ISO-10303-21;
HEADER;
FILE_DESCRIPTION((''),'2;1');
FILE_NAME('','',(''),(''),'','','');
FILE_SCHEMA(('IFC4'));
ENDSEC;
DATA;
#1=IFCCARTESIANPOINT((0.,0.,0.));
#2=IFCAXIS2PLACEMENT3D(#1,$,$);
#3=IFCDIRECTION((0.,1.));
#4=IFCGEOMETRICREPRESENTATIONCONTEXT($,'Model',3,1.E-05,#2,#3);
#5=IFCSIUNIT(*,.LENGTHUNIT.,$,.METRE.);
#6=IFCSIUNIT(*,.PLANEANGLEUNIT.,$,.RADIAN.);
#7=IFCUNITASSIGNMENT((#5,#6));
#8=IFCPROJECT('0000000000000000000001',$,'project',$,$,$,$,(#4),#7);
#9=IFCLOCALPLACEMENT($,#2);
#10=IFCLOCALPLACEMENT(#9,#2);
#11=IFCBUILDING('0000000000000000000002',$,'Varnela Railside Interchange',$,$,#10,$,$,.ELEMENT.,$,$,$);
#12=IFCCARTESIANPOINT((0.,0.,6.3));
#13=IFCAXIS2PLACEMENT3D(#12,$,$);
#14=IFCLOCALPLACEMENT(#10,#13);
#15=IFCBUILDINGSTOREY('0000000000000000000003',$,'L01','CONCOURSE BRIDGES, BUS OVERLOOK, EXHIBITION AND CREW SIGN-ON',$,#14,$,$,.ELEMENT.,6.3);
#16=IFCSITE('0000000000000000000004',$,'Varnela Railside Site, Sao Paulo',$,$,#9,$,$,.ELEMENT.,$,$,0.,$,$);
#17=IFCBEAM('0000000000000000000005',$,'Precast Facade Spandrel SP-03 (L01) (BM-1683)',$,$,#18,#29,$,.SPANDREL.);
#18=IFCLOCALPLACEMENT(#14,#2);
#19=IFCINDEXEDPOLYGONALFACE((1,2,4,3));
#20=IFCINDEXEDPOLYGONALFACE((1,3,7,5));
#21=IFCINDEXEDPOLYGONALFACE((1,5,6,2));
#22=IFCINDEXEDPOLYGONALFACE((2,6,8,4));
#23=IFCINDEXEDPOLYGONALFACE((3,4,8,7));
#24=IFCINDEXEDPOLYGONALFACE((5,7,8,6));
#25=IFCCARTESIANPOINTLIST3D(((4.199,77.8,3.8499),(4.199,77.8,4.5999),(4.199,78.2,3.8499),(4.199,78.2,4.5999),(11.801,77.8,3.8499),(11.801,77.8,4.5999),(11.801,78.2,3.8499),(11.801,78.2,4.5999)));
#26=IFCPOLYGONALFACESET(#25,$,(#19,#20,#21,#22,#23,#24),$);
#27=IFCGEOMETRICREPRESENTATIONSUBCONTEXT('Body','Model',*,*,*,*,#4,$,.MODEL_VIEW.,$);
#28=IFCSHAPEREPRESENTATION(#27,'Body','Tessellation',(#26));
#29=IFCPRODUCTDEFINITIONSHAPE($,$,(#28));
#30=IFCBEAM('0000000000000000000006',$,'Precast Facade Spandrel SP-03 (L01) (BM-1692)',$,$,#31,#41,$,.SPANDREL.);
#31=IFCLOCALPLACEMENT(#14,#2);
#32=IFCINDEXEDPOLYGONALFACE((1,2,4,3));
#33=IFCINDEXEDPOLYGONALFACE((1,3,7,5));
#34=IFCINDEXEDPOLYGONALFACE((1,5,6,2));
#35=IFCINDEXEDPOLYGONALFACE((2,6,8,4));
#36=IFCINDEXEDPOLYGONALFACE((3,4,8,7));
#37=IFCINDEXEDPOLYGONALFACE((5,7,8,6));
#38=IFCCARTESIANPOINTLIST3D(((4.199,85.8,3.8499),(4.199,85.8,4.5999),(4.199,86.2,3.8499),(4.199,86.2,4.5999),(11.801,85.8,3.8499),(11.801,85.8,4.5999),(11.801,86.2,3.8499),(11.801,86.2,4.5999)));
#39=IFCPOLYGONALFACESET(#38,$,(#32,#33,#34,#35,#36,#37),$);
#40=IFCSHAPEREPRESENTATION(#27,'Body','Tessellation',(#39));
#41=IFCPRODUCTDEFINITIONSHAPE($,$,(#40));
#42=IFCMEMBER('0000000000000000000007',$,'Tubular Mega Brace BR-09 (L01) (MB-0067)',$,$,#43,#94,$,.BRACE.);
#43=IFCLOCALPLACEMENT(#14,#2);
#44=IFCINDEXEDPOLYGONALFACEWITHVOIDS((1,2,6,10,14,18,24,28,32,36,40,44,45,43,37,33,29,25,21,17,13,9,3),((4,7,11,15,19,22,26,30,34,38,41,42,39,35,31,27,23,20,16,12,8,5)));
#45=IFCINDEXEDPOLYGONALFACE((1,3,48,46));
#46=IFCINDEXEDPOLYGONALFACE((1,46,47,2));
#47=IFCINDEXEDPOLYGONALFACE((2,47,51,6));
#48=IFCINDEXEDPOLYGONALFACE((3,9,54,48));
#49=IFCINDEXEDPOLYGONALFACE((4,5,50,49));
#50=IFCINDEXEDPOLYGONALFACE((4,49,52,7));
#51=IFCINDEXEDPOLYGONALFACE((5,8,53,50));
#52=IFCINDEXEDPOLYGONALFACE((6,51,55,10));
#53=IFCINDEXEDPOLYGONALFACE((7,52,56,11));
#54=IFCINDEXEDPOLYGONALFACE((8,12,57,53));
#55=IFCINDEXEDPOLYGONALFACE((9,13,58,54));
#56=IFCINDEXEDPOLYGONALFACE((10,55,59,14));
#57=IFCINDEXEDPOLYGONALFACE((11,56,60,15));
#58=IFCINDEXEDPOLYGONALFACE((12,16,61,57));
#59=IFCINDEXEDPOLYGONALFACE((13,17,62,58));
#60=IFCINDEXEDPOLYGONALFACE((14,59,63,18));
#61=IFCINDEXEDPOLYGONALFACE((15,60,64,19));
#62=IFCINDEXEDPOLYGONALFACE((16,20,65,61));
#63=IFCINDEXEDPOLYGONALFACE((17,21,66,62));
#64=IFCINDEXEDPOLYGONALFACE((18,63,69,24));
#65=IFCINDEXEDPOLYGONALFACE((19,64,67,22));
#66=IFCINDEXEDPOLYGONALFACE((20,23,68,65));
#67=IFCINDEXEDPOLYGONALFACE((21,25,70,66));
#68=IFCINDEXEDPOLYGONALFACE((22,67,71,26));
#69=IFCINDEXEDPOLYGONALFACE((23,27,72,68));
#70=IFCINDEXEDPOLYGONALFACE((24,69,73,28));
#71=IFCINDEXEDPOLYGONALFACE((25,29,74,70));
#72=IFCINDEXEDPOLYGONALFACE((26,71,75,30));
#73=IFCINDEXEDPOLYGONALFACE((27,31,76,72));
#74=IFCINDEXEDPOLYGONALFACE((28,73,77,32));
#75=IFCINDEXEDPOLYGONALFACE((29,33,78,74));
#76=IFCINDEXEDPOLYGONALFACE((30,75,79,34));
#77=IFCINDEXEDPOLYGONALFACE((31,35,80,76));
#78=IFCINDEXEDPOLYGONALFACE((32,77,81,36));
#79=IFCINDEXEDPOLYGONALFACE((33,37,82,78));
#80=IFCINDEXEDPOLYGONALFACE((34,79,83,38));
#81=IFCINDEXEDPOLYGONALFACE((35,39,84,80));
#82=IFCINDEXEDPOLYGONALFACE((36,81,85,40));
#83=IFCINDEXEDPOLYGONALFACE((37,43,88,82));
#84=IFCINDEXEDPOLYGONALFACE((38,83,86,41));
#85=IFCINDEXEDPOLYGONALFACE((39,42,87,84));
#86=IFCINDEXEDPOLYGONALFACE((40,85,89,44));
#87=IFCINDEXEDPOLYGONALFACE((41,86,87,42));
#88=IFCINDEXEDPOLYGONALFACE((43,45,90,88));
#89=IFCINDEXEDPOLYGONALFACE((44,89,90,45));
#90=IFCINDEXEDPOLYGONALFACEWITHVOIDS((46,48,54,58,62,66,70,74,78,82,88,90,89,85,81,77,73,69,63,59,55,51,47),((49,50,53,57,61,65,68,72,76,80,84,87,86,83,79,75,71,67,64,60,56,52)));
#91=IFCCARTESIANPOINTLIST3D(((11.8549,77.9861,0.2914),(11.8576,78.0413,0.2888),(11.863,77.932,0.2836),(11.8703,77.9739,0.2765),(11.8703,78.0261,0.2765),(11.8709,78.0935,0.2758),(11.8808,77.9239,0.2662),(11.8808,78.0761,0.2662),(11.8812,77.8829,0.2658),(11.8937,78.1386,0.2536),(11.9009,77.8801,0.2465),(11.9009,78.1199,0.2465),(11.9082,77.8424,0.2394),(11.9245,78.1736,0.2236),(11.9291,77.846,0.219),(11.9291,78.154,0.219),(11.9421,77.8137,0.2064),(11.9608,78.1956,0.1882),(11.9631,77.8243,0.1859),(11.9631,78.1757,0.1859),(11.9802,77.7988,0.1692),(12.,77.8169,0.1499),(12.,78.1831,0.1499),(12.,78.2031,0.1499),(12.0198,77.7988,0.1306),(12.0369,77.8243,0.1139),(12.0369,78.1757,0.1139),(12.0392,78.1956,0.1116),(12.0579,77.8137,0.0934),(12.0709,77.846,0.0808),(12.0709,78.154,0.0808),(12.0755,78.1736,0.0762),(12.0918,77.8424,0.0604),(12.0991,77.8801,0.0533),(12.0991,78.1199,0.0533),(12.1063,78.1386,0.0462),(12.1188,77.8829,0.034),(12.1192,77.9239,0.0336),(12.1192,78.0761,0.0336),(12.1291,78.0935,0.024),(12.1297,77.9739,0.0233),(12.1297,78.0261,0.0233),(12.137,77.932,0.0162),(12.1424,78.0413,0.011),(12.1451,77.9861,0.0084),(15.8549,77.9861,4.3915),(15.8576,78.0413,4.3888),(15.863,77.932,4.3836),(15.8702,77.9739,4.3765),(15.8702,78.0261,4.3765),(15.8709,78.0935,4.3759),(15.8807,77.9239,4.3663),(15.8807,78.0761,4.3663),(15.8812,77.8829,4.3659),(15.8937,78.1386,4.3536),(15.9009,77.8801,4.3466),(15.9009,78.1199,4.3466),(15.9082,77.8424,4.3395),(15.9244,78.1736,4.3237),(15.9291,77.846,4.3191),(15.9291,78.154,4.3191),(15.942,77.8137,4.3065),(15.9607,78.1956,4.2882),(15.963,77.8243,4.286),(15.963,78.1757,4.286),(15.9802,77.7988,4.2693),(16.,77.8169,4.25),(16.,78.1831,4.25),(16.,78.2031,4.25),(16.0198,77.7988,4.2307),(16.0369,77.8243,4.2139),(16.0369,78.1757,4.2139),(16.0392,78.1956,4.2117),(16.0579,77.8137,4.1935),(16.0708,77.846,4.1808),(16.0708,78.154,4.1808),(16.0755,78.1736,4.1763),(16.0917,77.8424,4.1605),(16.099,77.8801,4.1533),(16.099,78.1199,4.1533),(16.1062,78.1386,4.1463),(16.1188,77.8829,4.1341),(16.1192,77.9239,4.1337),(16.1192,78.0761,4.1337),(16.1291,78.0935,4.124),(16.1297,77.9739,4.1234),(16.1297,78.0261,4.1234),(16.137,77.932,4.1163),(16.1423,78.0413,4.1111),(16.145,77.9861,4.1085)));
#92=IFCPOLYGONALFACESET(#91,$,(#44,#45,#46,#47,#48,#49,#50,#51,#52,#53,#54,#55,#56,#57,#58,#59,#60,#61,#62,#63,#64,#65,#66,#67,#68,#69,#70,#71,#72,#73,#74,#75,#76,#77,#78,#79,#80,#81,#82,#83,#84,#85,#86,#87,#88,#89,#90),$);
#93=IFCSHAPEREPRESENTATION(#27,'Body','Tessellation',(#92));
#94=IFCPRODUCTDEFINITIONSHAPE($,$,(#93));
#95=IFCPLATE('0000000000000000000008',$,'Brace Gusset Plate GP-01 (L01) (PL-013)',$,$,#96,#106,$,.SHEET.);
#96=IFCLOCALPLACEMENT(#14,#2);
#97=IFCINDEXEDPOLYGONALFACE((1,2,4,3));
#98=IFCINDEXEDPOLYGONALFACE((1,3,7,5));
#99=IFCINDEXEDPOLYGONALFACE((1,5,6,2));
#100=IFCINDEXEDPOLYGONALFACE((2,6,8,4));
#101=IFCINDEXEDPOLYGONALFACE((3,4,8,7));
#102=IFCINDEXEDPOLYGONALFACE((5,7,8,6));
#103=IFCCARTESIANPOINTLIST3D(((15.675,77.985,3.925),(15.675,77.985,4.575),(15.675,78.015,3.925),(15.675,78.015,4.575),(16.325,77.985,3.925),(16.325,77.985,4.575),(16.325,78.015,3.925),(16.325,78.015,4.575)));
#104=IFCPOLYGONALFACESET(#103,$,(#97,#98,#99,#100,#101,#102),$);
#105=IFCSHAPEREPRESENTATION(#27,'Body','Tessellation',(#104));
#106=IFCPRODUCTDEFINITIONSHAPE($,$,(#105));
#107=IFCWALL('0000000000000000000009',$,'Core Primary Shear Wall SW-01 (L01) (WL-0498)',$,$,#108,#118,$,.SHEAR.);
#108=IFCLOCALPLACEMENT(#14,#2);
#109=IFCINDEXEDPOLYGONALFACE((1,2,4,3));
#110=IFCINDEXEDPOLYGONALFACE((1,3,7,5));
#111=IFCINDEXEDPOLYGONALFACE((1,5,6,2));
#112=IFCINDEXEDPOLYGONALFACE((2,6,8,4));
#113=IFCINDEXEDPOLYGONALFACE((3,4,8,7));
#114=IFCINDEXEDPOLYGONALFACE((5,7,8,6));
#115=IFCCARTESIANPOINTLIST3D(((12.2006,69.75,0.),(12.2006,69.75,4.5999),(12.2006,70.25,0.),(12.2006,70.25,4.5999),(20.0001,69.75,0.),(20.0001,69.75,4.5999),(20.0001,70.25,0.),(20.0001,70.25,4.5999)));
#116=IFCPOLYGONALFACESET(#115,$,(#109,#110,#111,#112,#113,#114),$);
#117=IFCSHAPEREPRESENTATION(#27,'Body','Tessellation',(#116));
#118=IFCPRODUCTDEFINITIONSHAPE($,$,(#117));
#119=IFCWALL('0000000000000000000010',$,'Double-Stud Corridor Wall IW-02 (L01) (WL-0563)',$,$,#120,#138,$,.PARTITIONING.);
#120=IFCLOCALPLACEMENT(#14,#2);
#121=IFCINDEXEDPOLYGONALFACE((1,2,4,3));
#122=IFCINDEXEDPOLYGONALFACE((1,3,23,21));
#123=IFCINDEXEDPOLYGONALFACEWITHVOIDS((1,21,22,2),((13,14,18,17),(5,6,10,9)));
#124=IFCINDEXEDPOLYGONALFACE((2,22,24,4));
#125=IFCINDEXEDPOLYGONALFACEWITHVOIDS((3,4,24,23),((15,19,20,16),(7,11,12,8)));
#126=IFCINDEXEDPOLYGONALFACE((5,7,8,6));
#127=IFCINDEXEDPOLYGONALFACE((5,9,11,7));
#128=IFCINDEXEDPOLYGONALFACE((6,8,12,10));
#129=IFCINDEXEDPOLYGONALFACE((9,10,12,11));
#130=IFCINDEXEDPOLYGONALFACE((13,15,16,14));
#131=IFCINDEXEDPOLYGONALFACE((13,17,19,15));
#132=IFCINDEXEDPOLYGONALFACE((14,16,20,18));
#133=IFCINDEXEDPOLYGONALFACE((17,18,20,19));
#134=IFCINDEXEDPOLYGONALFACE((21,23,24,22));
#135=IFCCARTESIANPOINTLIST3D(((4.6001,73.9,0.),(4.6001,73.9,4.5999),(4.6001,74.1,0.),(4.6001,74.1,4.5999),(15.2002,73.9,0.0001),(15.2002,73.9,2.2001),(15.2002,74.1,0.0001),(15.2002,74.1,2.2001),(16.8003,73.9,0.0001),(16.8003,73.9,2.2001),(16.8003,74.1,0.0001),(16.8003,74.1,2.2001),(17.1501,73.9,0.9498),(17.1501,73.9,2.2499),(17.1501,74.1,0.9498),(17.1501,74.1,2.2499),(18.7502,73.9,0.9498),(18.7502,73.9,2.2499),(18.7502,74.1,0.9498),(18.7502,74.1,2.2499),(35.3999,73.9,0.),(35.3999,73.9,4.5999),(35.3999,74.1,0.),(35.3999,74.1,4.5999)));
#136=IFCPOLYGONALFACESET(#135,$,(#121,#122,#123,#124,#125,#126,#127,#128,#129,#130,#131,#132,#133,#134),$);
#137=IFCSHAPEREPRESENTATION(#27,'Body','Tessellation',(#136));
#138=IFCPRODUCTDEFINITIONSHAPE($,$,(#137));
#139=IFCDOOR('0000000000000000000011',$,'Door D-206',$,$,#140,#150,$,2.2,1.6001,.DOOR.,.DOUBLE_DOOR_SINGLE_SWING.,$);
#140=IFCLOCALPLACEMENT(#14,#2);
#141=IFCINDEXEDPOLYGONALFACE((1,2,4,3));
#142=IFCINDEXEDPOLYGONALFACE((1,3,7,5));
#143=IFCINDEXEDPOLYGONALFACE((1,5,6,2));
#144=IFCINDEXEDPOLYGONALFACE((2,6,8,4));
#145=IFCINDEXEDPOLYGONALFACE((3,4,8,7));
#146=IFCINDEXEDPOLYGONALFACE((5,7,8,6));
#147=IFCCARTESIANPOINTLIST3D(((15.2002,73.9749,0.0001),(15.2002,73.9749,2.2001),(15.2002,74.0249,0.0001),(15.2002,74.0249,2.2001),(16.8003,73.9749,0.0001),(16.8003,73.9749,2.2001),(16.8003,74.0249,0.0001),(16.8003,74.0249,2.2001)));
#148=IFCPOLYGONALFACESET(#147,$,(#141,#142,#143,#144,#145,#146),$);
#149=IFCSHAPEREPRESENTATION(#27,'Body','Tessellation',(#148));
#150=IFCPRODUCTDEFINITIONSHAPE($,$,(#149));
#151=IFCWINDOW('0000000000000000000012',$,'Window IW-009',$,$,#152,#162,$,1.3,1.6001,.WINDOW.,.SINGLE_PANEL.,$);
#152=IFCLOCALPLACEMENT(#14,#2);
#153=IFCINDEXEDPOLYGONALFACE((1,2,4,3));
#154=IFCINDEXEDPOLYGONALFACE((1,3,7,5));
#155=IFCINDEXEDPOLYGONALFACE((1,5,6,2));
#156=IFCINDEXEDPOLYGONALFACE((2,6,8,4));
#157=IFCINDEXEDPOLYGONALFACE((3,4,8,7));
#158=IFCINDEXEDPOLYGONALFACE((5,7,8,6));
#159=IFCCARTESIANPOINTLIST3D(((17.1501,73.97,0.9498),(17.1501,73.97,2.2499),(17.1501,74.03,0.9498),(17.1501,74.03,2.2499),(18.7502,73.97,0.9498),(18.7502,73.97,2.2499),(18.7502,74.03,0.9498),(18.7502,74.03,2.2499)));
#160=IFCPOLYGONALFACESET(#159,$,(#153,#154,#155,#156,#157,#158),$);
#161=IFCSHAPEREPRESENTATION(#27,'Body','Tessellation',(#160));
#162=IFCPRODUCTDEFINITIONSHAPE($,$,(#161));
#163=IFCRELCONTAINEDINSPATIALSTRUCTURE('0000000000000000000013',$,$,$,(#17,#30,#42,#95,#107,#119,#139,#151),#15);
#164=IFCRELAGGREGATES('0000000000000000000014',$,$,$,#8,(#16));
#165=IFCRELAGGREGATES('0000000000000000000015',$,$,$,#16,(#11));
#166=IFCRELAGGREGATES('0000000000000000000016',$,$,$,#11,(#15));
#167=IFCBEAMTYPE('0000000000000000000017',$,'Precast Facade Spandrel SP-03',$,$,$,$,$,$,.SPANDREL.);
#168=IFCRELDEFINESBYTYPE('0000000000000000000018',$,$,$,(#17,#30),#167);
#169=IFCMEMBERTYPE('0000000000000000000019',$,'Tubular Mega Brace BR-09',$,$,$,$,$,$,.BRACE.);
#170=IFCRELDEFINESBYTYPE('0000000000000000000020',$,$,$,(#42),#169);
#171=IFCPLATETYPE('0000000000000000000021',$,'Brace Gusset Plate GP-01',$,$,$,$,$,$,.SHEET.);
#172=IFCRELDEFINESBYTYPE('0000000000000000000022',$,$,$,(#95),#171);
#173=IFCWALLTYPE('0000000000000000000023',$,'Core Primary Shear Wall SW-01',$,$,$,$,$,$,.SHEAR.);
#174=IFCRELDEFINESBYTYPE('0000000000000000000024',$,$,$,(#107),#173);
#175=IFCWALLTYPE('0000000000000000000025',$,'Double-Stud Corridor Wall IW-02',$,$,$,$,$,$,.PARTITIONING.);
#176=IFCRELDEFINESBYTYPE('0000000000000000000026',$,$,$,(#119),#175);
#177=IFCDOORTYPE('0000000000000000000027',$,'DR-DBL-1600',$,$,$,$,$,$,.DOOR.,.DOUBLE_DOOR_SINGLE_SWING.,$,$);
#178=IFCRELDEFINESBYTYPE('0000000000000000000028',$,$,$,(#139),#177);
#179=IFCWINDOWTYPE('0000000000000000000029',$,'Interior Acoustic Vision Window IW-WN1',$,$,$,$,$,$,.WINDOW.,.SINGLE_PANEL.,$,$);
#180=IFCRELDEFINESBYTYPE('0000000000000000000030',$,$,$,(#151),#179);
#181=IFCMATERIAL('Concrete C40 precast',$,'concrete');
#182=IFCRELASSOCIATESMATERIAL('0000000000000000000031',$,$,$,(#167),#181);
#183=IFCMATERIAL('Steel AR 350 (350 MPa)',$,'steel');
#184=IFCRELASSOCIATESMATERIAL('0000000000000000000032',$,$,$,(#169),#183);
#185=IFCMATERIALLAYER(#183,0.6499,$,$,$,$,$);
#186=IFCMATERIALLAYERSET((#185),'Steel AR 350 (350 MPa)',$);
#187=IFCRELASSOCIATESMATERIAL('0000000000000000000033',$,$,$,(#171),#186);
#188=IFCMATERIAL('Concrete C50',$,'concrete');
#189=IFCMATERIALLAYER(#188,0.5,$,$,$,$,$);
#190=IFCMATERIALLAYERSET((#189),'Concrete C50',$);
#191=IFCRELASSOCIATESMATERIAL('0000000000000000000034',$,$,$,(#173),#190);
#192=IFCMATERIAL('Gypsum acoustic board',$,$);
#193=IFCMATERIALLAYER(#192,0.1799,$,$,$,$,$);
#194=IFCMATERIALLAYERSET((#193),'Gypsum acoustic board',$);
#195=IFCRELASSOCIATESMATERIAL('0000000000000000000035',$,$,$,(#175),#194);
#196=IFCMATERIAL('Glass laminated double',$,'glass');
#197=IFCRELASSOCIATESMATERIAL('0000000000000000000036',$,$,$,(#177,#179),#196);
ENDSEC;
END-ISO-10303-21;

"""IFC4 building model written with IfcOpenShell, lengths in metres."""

from ifc_helpers import new_model, si_unit, direction, frame, frame_2d, origin, origin_2d, place, context, subcontext, project, spatial, rectangle, hollow_circle, extrude, material, layer, layer_set, material_profile, profile_set, type_object, element, fill, save


model = new_model("IFC4")

# Units and contexts
model_context = context("Model", 3, precision=1e-05, world=origin(), true_north=direction((0.0, 1.0)))
body_context = subcontext(model_context, "Body", "Model", "MODEL_VIEW")
ifc_project = project(units=[si_unit("LENGTHUNIT", "METRE"), si_unit("PLANEANGLEUNIT", "RADIAN")], contexts=[model_context])

# Site, building, storey
site_placement = place(None, origin())
site = spatial("IfcSite", under=ifc_project, at=site_placement, Name="Varnela Railside Site, Sao Paulo", CompositionType="ELEMENT", RefElevation=0.0)
building_placement = place(site_placement, origin())
building = spatial("IfcBuilding", under=site, at=building_placement, Name="Varnela Railside Interchange", CompositionType="ELEMENT")
storey_placement = place(building_placement, frame((0.0, 0.0, 6.3)))
storey = spatial("IfcBuildingStorey", under=building, at=storey_placement, Name="L01", Description="CONCOURSE BRIDGES, BUS OVERLOOK, EXHIBITION AND CREW SIGN-ON", CompositionType="ELEMENT", Elevation=6.3)

# Shared definitions
ifc_material_1 = material(Name="Steel AR 350 (350 MPa)", Category="steel")

# Beams
ifc_material_2 = material(Name="Concrete C40 precast", Category="concrete")
ifc_material_profile_1 = material_profile(ifc_material_2, rectangle(XDim=0.3999, YDim=0.75, at=origin_2d()), Name="PC 400x750")
ifc_profile_set_1 = profile_set([ifc_material_profile_1], Name="Concrete C40 precast")
beam_type_1 = type_object("IfcBeamType", Name="Precast Facade Spandrel SP-03", PredefinedType="SPANDREL", material=ifc_profile_set_1)
for number, where, z_axis, x_axis, name in (
    (1, (4.199, 78.0, 4.2249), (1.0, 0.0, 0.0), (0.0, 1.0, 0.0), "Precast Facade Spandrel SP-03 (L01) (BM-1683)"),
    (2, (4.199, 86.0, 4.2249), (1.0, 0.0, 0.0), (0.0, 1.0, 0.0), "Precast Facade Spandrel SP-03 (L01) (BM-1692)"),
):
    element("IfcBeam", number, at=place(storey_placement, frame(where, z_axis=z_axis, x_axis=x_axis)), inside=storey, type_object=beam_type_1, Name=name, PredefinedType="SPANDREL", context=body_context, shape_type="SweptSolid", body=[
        extrude(rectangle(XDim=0.3999, YDim=0.75, at=origin_2d()), origin(), (0.0, 0.0, 1.0), 7.6021),
    ])

# Member
ifc_material_profile_2 = material_profile(ifc_material_1, hollow_circle(Radius=0.2031, WallThickness=0.02, at=origin_2d()), Name="CHS 406.4x20")
ifc_profile_set_2 = profile_set([ifc_material_profile_2], Name="Steel AR 350 (350 MPa)")
member_type = type_object("IfcMemberType", Name="Tubular Mega Brace BR-09", PredefinedType="BRACE", material=ifc_profile_set_2)
member_placement = place(storey_placement, frame((12.0, 78.0, 0.1499), z_axis=(0.698315, 0.0, 0.71579), x_axis=(0.0, 1.0, 0.0)))
element("IfcMember", 3, at=member_placement, inside=storey, type_object=member_type, Name="Tubular Mega Brace BR-09 (L01) (MB-0067)", PredefinedType="BRACE", context=body_context, shape_type="SweptSolid", body=[
    extrude(hollow_circle(Radius=0.2031, WallThickness=0.02, at=origin_2d()), origin(), (0.0, 0.0, 1.0), 5.728),
])

# Plate
ifc_layer_1 = layer(ifc_material_1, 0.6499)
ifc_layer_set_1 = layer_set([ifc_layer_1], Name="Steel AR 350 (350 MPa)")
plate_type = type_object("IfcPlateType", Name="Brace Gusset Plate GP-01", PredefinedType="SHEET", material=ifc_layer_set_1)
plate_placement = place(storey_placement, frame((16.0, 78.0, 3.925), z_axis=(0.0, 0.0, 1.0), x_axis=(1.0, 0.0, 0.0)))
element("IfcPlate", 4, at=plate_placement, inside=storey, type_object=plate_type, Name="Brace Gusset Plate GP-01 (L01) (PL-013)", PredefinedType="SHEET", context=body_context, shape_type="SweptSolid", body=[
    extrude(rectangle(XDim=0.6499, YDim=0.03, at=origin_2d()), origin(), (0.0, 0.0, 1.0), 0.6499),
])

# Wall
ifc_material_3 = material(Name="Concrete C50", Category="concrete")
ifc_layer_2 = layer(ifc_material_3, 0.5)
ifc_layer_set_2 = layer_set([ifc_layer_2], Name="Concrete C50")
wall_type_1 = type_object("IfcWallType", Name="Core Primary Shear Wall SW-01", PredefinedType="SHEAR", material=ifc_layer_set_2)
wall_1_placement = place(storey_placement, frame((12.2004, 70.0, 0.0), z_axis=(0.0, 0.0, 1.0), x_axis=(1.0, 0.0, 0.0)))
element("IfcWall", 5, at=wall_1_placement, inside=storey, type_object=wall_type_1, Name="Core Primary Shear Wall SW-01 (L01) (WL-0498)", PredefinedType="SHEAR", context=body_context, shape_type="SweptSolid", body=[
    extrude(rectangle(XDim=7.7996, YDim=0.5, at=frame_2d((3.8999, 0.0))), origin(), (0.0, 0.0, 1.0), 4.5999),
])

# Wall, openings, door, window
ifc_material_4 = material(Name="Gypsum acoustic board")
ifc_layer_3 = layer(ifc_material_4, 0.1799)
ifc_layer_set_3 = layer_set([ifc_layer_3], Name="Gypsum acoustic board")
wall_type_2 = type_object("IfcWallType", Name="Double-Stud Corridor Wall IW-02", PredefinedType="PARTITIONING", material=ifc_layer_set_3)
wall_2_placement = place(storey_placement, frame((4.6001, 74.0, 0.0), z_axis=(0.0, 0.0, 1.0), x_axis=(1.0, 0.0, 0.0)))
wall_2 = element("IfcWall", 6, at=wall_2_placement, inside=storey, type_object=wall_type_2, Name="Double-Stud Corridor Wall IW-02 (L01) (WL-0563)", PredefinedType="PARTITIONING", context=body_context, shape_type="SweptSolid", body=[
    extrude(rectangle(XDim=30.7998, YDim=0.2, at=frame_2d((15.3999, 0.0))), origin(), (0.0, 0.0, 1.0), 4.5999),
])
opening_1_placement = place(wall_2_placement, frame((10.6001, 0.0, 0.0)))
opening_1 = element("IfcOpeningElement", 7, at=opening_1_placement, cuts=wall_2, PredefinedType="OPENING", context=body_context, shape_type="SweptSolid", body=[
    extrude(rectangle(XDim=1.6001, YDim=2.2, at=frame_2d((0.8, 1.1001))), frame((0.0, 0.1099, 0.0), z_axis=(0.0, -1.0, 0.0), x_axis=(1.0, 0.0, 0.0)), (0.0, 0.0, 1.0), 0.22),
])
opening_2_placement = place(wall_2_placement, frame((12.55, 0.0, 0.95)))
opening_2 = element("IfcOpeningElement", 8, at=opening_2_placement, cuts=wall_2, PredefinedType="OPENING", context=body_context, shape_type="SweptSolid", body=[
    extrude(rectangle(XDim=1.6001, YDim=1.3, at=frame_2d((0.8, 0.6499))), frame((0.0, 0.1099, 0.0), z_axis=(0.0, -1.0, 0.0), x_axis=(1.0, 0.0, 0.0)), (0.0, 0.0, 1.0), 0.22),
])
ifc_material_5 = material(Name="Glass laminated double", Category="glass")
door_type = type_object("IfcDoorType", Name="DR-DBL-1600", OperationType="DOUBLE_DOOR_SINGLE_SWING", PredefinedType="DOOR", material=ifc_material_5)
door_placement = place(opening_1_placement, origin())
door = element("IfcDoor", 9, at=door_placement, inside=storey, type_object=door_type, Name="Door D-206", OperationType="DOUBLE_DOOR_SINGLE_SWING", OverallHeight=2.2, OverallWidth=1.6001, PredefinedType="DOOR", context=body_context, shape_type="SweptSolid", body=[
    extrude(rectangle(XDim=1.6001, YDim=2.2, at=frame_2d((0.8, 1.1001))), frame((0.0, 0.0249, 0.0), z_axis=(0.0, -1.0, 0.0), x_axis=(1.0, 0.0, 0.0)), (0.0, 0.0, 1.0), 0.05),
])
fill(opening_1, door)
window_type = type_object("IfcWindowType", Name="Interior Acoustic Vision Window IW-WN1", PartitioningType="SINGLE_PANEL", PredefinedType="WINDOW", material=ifc_material_5)
window_placement = place(opening_2_placement, origin())
window = element("IfcWindow", 10, at=window_placement, inside=storey, type_object=window_type, Name="Window IW-009", OverallHeight=1.3, OverallWidth=1.6001, PartitioningType="SINGLE_PANEL", PredefinedType="WINDOW", context=body_context, shape_type="SweptSolid", body=[
    extrude(rectangle(XDim=1.6001, YDim=1.3, at=frame_2d((0.8, 0.6499))), frame((0.0, 0.03, 0.0), z_axis=(0.0, -1.0, 0.0), x_axis=(1.0, 0.0, 0.0)), (0.0, 0.0, 1.0), 0.0601),
])
fill(opening_2, window)

save(model, "model.ifc")
